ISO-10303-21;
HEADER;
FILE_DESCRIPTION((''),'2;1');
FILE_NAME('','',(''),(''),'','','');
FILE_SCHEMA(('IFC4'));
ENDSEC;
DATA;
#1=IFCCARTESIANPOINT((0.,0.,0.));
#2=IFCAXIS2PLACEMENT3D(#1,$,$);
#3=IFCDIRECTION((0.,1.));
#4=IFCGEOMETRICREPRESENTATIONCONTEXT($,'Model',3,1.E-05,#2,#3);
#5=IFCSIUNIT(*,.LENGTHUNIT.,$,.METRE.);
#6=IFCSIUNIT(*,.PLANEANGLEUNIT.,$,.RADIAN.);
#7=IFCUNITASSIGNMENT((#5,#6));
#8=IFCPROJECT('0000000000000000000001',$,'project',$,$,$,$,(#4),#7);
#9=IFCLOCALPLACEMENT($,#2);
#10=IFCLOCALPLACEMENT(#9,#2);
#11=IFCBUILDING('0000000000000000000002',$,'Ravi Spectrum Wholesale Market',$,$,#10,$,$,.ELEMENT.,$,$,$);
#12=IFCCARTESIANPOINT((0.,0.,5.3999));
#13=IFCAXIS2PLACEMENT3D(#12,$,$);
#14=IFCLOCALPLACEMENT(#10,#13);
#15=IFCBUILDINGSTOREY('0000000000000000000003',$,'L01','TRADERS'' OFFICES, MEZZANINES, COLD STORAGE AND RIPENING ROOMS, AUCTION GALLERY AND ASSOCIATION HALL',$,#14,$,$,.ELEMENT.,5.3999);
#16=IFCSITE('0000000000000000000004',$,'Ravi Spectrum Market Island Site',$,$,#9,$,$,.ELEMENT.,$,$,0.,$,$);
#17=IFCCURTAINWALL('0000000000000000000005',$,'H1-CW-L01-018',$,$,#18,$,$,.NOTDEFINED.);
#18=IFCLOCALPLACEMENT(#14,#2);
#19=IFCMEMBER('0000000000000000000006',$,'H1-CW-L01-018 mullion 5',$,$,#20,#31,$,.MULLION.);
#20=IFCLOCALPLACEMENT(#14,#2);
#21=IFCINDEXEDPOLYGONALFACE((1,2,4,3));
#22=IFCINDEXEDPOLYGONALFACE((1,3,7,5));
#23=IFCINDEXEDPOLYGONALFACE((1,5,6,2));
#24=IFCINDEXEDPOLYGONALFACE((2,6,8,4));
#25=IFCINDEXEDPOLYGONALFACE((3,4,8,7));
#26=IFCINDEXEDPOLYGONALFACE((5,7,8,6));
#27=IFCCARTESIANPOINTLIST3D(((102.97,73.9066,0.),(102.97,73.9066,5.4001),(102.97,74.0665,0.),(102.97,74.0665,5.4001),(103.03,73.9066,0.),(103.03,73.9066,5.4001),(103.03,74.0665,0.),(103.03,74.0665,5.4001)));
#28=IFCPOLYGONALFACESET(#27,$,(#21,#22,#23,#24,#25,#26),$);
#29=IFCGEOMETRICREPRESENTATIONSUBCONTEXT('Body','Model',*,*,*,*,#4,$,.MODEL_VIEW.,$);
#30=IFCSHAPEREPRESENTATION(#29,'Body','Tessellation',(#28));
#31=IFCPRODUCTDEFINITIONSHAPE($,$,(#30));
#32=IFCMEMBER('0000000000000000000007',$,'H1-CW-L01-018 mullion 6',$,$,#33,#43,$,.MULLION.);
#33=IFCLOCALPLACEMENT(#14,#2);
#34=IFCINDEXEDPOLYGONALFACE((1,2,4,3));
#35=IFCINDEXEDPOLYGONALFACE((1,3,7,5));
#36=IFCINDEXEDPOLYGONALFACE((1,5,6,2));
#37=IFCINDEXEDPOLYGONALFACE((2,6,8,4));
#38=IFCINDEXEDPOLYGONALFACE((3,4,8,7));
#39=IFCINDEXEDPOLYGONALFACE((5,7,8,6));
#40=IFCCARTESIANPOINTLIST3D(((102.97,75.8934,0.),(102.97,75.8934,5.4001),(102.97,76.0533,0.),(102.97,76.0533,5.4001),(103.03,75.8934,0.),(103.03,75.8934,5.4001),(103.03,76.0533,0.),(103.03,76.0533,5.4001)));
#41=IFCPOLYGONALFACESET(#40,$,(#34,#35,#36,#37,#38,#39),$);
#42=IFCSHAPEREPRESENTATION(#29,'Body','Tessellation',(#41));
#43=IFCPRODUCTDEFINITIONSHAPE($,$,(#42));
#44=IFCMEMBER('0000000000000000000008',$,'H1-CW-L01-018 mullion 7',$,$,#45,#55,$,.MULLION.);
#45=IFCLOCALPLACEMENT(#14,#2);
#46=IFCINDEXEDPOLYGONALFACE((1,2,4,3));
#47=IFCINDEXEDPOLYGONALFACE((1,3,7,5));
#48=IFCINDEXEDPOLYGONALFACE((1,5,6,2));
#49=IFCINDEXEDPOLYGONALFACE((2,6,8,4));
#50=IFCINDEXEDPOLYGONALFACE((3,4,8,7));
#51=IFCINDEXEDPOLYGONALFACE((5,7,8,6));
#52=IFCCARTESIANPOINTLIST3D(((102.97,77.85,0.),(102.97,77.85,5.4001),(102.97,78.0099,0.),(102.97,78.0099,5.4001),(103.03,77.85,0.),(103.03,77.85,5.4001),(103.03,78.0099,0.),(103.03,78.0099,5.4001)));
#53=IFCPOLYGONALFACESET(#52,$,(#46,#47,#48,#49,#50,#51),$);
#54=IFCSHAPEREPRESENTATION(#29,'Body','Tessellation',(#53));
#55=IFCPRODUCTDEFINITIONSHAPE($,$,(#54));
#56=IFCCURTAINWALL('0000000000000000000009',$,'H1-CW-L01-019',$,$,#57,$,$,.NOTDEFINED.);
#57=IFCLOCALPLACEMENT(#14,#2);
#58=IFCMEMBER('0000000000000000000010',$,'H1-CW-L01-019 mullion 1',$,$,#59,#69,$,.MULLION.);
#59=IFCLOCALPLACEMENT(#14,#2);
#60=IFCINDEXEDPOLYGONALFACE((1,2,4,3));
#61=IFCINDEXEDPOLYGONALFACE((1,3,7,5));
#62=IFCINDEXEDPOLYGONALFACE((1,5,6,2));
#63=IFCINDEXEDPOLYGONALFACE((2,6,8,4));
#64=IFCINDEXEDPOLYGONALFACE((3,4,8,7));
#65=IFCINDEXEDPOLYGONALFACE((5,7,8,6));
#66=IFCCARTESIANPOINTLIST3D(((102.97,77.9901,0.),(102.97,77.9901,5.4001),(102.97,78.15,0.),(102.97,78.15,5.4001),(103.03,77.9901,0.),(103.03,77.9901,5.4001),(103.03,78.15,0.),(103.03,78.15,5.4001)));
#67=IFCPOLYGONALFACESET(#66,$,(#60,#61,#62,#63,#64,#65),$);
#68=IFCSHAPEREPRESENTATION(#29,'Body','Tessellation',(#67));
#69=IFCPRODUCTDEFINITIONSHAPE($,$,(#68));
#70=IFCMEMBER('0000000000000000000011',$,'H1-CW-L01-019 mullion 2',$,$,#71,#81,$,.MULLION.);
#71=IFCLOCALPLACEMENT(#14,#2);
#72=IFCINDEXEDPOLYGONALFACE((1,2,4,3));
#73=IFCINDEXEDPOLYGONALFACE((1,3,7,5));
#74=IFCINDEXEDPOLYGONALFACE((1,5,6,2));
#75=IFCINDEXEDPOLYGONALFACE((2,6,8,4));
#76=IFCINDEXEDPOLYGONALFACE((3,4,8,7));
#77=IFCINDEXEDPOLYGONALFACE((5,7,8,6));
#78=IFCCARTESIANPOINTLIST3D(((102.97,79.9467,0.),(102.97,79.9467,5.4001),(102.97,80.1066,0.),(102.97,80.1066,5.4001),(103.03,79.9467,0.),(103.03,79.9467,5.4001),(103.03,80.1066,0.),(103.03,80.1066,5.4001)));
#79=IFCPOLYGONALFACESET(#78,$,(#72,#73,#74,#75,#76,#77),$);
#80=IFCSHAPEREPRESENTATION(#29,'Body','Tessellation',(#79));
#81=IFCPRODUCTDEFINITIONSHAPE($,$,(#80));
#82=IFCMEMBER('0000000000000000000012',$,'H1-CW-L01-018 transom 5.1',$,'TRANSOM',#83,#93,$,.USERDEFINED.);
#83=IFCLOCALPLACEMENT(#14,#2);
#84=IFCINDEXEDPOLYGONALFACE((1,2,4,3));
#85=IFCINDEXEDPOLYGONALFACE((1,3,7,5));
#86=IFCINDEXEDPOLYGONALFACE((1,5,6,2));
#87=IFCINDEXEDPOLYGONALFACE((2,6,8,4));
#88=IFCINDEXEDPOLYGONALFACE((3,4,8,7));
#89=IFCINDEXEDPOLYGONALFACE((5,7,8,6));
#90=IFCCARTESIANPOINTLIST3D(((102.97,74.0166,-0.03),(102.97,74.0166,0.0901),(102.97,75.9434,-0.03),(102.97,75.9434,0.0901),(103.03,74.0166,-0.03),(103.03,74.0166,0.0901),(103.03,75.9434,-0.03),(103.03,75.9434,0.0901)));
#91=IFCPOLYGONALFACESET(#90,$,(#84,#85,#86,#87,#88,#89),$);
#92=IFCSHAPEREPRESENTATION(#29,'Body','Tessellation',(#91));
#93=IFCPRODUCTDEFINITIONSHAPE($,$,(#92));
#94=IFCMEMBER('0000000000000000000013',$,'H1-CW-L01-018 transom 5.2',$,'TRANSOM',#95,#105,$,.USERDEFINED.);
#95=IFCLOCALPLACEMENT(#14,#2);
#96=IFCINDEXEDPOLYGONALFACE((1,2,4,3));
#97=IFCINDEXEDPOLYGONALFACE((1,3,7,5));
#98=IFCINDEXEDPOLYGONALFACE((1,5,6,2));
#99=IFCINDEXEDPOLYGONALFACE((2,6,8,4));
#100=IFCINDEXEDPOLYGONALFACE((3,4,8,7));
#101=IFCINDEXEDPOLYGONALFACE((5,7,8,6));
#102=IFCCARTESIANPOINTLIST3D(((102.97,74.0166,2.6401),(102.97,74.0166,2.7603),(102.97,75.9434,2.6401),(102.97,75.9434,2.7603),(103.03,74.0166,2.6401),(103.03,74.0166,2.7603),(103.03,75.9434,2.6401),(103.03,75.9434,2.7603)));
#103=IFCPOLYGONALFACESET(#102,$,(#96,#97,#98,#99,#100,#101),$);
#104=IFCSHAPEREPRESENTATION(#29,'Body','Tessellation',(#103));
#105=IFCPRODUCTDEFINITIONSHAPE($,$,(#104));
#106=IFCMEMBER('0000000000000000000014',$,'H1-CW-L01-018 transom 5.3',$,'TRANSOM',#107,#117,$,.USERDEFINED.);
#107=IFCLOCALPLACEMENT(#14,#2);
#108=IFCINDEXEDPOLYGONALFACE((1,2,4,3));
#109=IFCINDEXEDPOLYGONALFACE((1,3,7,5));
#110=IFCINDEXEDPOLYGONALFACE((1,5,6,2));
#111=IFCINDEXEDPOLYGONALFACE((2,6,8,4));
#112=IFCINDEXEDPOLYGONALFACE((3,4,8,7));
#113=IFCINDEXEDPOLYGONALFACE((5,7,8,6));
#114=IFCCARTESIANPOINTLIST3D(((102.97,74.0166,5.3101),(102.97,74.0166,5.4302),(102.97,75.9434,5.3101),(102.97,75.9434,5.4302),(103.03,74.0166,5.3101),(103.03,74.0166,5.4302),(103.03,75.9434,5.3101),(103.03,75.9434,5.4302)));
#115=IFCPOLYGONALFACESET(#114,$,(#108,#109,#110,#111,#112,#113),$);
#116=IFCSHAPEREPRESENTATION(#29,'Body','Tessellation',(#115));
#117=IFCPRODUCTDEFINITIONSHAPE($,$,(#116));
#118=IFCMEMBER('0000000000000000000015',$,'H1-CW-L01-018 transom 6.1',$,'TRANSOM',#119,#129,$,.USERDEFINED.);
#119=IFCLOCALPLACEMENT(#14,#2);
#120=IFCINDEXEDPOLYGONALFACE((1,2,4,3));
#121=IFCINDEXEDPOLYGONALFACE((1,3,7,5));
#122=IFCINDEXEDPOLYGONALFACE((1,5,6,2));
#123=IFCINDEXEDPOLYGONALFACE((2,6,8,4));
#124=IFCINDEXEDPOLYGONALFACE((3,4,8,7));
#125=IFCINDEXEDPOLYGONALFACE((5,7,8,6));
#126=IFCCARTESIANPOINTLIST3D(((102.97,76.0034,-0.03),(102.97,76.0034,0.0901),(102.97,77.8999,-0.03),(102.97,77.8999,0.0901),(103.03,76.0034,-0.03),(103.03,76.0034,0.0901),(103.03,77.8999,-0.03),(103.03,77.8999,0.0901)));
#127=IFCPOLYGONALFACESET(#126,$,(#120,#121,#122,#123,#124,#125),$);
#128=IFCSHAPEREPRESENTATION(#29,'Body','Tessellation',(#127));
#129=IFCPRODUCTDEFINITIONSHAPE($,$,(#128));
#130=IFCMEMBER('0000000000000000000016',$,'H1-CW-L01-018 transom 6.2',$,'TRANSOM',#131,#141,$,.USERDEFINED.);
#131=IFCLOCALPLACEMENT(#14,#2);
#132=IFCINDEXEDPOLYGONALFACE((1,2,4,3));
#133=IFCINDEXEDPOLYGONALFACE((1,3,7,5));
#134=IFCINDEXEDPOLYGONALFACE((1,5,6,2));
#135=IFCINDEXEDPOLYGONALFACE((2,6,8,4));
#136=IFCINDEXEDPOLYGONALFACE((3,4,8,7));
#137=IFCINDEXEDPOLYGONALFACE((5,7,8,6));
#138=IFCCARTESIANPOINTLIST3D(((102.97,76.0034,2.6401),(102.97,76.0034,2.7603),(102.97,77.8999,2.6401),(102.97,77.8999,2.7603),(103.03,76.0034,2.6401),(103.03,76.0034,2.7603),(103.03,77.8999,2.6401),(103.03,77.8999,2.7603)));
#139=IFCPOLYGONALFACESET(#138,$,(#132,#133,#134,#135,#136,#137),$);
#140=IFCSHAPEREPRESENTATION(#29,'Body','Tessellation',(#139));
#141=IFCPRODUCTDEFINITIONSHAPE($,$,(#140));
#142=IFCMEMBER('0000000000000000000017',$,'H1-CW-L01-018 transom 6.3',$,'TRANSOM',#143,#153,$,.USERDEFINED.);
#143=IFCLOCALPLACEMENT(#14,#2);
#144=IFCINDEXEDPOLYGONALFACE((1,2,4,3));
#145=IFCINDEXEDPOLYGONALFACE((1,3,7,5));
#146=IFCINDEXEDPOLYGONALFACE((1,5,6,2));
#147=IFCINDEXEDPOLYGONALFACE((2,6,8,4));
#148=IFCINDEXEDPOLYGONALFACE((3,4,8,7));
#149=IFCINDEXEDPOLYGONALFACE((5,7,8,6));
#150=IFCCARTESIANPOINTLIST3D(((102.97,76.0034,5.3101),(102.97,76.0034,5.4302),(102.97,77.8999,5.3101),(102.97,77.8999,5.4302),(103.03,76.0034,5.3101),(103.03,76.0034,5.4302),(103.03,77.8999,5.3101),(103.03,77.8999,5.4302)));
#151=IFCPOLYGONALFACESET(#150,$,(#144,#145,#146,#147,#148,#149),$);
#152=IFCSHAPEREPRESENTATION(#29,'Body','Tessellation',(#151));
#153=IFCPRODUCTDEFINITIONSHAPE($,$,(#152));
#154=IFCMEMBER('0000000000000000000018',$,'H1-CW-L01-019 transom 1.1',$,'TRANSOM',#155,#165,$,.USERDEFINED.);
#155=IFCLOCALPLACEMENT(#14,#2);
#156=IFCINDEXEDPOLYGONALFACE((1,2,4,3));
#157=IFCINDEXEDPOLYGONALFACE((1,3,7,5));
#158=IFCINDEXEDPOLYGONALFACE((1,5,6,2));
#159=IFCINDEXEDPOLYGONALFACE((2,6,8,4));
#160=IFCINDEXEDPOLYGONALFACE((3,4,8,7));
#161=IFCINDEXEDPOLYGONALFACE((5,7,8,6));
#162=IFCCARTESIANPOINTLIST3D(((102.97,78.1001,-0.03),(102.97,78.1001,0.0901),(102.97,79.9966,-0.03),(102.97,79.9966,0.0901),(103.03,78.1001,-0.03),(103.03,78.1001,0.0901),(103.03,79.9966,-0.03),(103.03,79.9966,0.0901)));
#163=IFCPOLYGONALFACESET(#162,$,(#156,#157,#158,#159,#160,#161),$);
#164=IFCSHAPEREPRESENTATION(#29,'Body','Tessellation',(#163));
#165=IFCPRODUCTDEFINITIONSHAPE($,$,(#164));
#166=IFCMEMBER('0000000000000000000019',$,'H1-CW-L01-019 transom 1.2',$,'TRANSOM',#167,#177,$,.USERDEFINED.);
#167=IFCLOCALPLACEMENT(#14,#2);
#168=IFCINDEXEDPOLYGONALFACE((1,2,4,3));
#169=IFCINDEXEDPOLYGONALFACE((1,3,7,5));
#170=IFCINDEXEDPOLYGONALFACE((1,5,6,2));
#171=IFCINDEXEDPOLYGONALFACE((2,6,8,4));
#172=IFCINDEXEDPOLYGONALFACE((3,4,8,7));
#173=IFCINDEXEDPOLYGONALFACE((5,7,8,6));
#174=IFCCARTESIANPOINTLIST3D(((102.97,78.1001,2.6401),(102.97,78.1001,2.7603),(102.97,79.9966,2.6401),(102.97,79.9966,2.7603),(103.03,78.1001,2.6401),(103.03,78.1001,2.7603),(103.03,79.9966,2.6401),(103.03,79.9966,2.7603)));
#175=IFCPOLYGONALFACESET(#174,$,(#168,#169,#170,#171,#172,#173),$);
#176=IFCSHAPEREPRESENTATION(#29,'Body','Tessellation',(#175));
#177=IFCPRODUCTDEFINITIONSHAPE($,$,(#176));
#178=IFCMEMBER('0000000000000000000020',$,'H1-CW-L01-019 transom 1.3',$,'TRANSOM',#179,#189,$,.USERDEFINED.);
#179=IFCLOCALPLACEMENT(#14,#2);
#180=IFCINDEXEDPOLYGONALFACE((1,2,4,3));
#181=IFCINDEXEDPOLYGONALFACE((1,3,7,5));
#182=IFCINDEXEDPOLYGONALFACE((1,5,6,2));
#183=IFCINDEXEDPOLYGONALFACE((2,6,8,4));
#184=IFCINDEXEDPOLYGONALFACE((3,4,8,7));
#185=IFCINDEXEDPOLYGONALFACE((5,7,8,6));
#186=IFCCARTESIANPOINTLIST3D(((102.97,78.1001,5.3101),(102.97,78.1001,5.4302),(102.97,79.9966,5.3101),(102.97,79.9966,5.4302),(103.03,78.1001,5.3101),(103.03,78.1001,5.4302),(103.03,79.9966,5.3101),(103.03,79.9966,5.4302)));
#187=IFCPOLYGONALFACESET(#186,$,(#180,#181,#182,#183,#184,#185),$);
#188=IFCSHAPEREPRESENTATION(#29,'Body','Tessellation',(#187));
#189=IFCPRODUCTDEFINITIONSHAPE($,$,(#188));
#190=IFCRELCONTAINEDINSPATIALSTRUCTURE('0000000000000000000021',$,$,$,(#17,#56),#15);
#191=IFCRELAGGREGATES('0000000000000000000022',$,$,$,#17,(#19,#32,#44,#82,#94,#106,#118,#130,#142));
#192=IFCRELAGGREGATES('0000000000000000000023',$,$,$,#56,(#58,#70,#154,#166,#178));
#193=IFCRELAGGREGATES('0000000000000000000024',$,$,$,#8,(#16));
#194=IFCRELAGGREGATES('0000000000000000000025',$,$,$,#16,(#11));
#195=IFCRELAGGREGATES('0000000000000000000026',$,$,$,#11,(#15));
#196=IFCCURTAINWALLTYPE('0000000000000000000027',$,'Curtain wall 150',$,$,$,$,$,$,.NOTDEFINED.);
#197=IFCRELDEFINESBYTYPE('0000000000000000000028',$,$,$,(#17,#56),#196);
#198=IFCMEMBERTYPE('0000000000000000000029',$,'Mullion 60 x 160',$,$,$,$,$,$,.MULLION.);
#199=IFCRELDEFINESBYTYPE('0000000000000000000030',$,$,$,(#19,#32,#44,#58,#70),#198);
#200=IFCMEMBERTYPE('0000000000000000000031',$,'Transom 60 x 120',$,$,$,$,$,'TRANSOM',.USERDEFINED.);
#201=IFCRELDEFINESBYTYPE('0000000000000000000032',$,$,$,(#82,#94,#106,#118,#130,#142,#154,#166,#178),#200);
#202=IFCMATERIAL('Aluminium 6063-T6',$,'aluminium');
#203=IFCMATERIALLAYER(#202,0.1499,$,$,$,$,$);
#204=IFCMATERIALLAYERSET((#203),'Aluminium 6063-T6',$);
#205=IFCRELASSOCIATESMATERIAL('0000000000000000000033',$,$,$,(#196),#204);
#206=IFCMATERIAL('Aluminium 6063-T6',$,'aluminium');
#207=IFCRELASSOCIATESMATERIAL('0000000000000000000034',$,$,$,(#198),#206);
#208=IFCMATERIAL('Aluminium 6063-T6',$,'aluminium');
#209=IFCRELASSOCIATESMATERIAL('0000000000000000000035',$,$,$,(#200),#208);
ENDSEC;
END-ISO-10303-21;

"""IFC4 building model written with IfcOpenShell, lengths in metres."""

from ifc_helpers import new_model, si_unit, direction, frame, origin, origin_2d, place, context, subcontext, project, spatial, rectangle, extrude, material, layer, layer_set, material_profile, profile_set, type_object, element, aggregate, save


model = new_model("IFC4")

# Units and contexts
model_context = context("Model", 3, precision=1e-05, world=origin(), true_north=direction((0.0, 1.0)))
body_context = subcontext(model_context, "Body", "Model", "MODEL_VIEW")
ifc_project = project(units=[si_unit("LENGTHUNIT", "METRE"), si_unit("PLANEANGLEUNIT", "RADIAN")], contexts=[model_context])

# Site, building, storey
site_placement = place(None, origin())
site = spatial("IfcSite", under=ifc_project, at=site_placement, Name="Ravi Spectrum Market Island Site", CompositionType="ELEMENT", RefElevation=0.0)
building_placement = place(site_placement, origin())
building = spatial("IfcBuilding", under=site, at=building_placement, Name="Ravi Spectrum Wholesale Market", CompositionType="ELEMENT")
storey_placement = place(building_placement, frame((0.0, 0.0, 5.3999)))
storey = spatial("IfcBuildingStorey", under=building, at=storey_placement, Name="L01", Description="TRADERS' OFFICES, MEZZANINES, COLD STORAGE AND RIPENING ROOMS, AUCTION GALLERY AND ASSOCIATION HALL", CompositionType="ELEMENT", Elevation=5.3999)

# Curtain walls, members
ifc_material_1 = material(Name="Aluminium 6063-T6", Category="aluminium")
ifc_layer_1 = layer(ifc_material_1, 0.1499)
ifc_layer_set_1 = layer_set([ifc_layer_1], Name="Aluminium 6063-T6")
curtain_wall_type = type_object("IfcCurtainWallType", Name="Curtain wall 150", PredefinedType="NOTDEFINED", material=ifc_layer_set_1)
curtain_wall_1_placement = place(storey_placement, origin())
curtain_wall_1 = element("IfcCurtainWall", 1, at=curtain_wall_1_placement, inside=storey, type_object=curtain_wall_type, Name="H1-CW-L01-018", PredefinedType="NOTDEFINED")
ifc_material_2 = material(Name="Aluminium 6063-T6", Category="aluminium")
ifc_material_profile_1 = material_profile(ifc_material_2, rectangle(XDim=0.0601, YDim=0.1599, at=origin_2d()))
ifc_profile_set_1 = profile_set([ifc_material_profile_1], Name="Aluminium 6063-T6")
member_type_1 = type_object("IfcMemberType", Name="Mullion 60 x 160", PredefinedType="MULLION", material=ifc_profile_set_1)
member_1_placement = place(storey_placement, frame((103.0, 73.9866, 0.0), z_axis=(0.0, 0.0, 1.0), x_axis=(-1.0, 0.0, 0.0)))
member_1 = element("IfcMember", 2, at=member_1_placement, type_object=member_type_1, Name="H1-CW-L01-018 mullion 5", PredefinedType="MULLION", context=body_context, shape_type="SweptSolid", body=[
    extrude(rectangle(XDim=0.0601, YDim=0.1599, at=origin_2d()), origin(), (0.0, 0.0, 1.0), 5.4001),
])
member_2_placement = place(storey_placement, frame((103.0, 75.9734, 0.0), z_axis=(0.0, 0.0, 1.0), x_axis=(-1.0, 0.0, 0.0)))
member_2 = element("IfcMember", 3, at=member_2_placement, type_object=member_type_1, Name="H1-CW-L01-018 mullion 6", PredefinedType="MULLION", context=body_context, shape_type="SweptSolid", body=[
    extrude(rectangle(XDim=0.0601, YDim=0.1599, at=origin_2d()), origin(), (0.0, 0.0, 1.0), 5.4001),
])
member_3_placement = place(storey_placement, frame((103.0, 77.9299, 0.0), z_axis=(0.0, 0.0, 1.0), x_axis=(-1.0, 0.0, 0.0)))
member_3 = element("IfcMember", 4, at=member_3_placement, type_object=member_type_1, Name="H1-CW-L01-018 mullion 7", PredefinedType="MULLION", context=body_context, shape_type="SweptSolid", body=[
    extrude(rectangle(XDim=0.0601, YDim=0.1599, at=origin_2d()), origin(), (0.0, 0.0, 1.0), 5.4001),
])
curtain_wall_2_placement = place(storey_placement, origin())
curtain_wall_2 = element("IfcCurtainWall", 5, at=curtain_wall_2_placement, inside=storey, type_object=curtain_wall_type, Name="H1-CW-L01-019", PredefinedType="NOTDEFINED")
member_4_placement = place(storey_placement, frame((103.0, 78.0701, 0.0), z_axis=(0.0, 0.0, 1.0), x_axis=(-1.0, 0.0, 0.0)))
member_4 = element("IfcMember", 6, at=member_4_placement, type_object=member_type_1, Name="H1-CW-L01-019 mullion 1", PredefinedType="MULLION", context=body_context, shape_type="SweptSolid", body=[
    extrude(rectangle(XDim=0.0601, YDim=0.1599, at=origin_2d()), origin(), (0.0, 0.0, 1.0), 5.4001),
])
member_5_placement = place(storey_placement, frame((103.0, 80.0266, 0.0), z_axis=(0.0, 0.0, 1.0), x_axis=(-1.0, 0.0, 0.0)))
member_5 = element("IfcMember", 7, at=member_5_placement, type_object=member_type_1, Name="H1-CW-L01-019 mullion 2", PredefinedType="MULLION", context=body_context, shape_type="SweptSolid", body=[
    extrude(rectangle(XDim=0.0601, YDim=0.1599, at=origin_2d()), origin(), (0.0, 0.0, 1.0), 5.4001),
])

# Members
ifc_material_3 = material(Name="Aluminium 6063-T6", Category="aluminium")
ifc_material_profile_2 = material_profile(ifc_material_3, rectangle(XDim=0.0601, YDim=0.1201, at=origin_2d()))
ifc_profile_set_2 = profile_set([ifc_material_profile_2], Name="Aluminium 6063-T6")
member_type_2 = type_object("IfcMemberType", Name="Transom 60 x 120", ElementType="TRANSOM", PredefinedType="USERDEFINED", material=ifc_profile_set_2)
member_6_placement = place(storey_placement, frame((103.0, 74.0166, 0.03), z_axis=(0.0, 1.0, 0.0), x_axis=(-1.0, 0.0, 0.0)))
member_6 = element("IfcMember", 8, at=member_6_placement, type_object=member_type_2, Name="H1-CW-L01-018 transom 5.1", ObjectType="TRANSOM", PredefinedType="USERDEFINED", context=body_context, shape_type="SweptSolid", body=[
    extrude(rectangle(XDim=0.0601, YDim=0.1201, at=origin_2d()), origin(), (0.0, 0.0, 1.0), 1.9268),
])
member_7_placement = place(storey_placement, frame((103.0, 74.0166, 2.7002), z_axis=(0.0, 1.0, 0.0), x_axis=(-1.0, 0.0, 0.0)))
member_7 = element("IfcMember", 9, at=member_7_placement, type_object=member_type_2, Name="H1-CW-L01-018 transom 5.2", ObjectType="TRANSOM", PredefinedType="USERDEFINED", context=body_context, shape_type="SweptSolid", body=[
    extrude(rectangle(XDim=0.0601, YDim=0.1201, at=origin_2d()), origin(), (0.0, 0.0, 1.0), 1.9268),
])
member_8_placement = place(storey_placement, frame((103.0, 74.0166, 5.3701), z_axis=(0.0, 1.0, 0.0), x_axis=(-1.0, 0.0, 0.0)))
member_8 = element("IfcMember", 10, at=member_8_placement, type_object=member_type_2, Name="H1-CW-L01-018 transom 5.3", ObjectType="TRANSOM", PredefinedType="USERDEFINED", context=body_context, shape_type="SweptSolid", body=[
    extrude(rectangle(XDim=0.0601, YDim=0.1201, at=origin_2d()), origin(), (0.0, 0.0, 1.0), 1.9268),
])
member_9_placement = place(storey_placement, frame((103.0, 76.0034, 0.03), z_axis=(0.0, 1.0, 0.0), x_axis=(-1.0, 0.0, 0.0)))
member_9 = element("IfcMember", 11, at=member_9_placement, type_object=member_type_2, Name="H1-CW-L01-018 transom 6.1", ObjectType="TRANSOM", PredefinedType="USERDEFINED", context=body_context, shape_type="SweptSolid", body=[
    extrude(rectangle(XDim=0.0601, YDim=0.1201, at=origin_2d()), origin(), (0.0, 0.0, 1.0), 1.8965),
])
member_10_placement = place(storey_placement, frame((103.0, 76.0034, 2.7002), z_axis=(0.0, 1.0, 0.0), x_axis=(-1.0, 0.0, 0.0)))
member_10 = element("IfcMember", 12, at=member_10_placement, type_object=member_type_2, Name="H1-CW-L01-018 transom 6.2", ObjectType="TRANSOM", PredefinedType="USERDEFINED", context=body_context, shape_type="SweptSolid", body=[
    extrude(rectangle(XDim=0.0601, YDim=0.1201, at=origin_2d()), origin(), (0.0, 0.0, 1.0), 1.8965),
])
member_11_placement = place(storey_placement, frame((103.0, 76.0034, 5.3701), z_axis=(0.0, 1.0, 0.0), x_axis=(-1.0, 0.0, 0.0)))
member_11 = element("IfcMember", 13, at=member_11_placement, type_object=member_type_2, Name="H1-CW-L01-018 transom 6.3", ObjectType="TRANSOM", PredefinedType="USERDEFINED", context=body_context, shape_type="SweptSolid", body=[
    extrude(rectangle(XDim=0.0601, YDim=0.1201, at=origin_2d()), origin(), (0.0, 0.0, 1.0), 1.8965),
])
member_12_placement = place(storey_placement, frame((103.0, 78.1001, 0.03), z_axis=(0.0, 1.0, 0.0), x_axis=(-1.0, 0.0, 0.0)))
member_12 = element("IfcMember", 14, at=member_12_placement, type_object=member_type_2, Name="H1-CW-L01-019 transom 1.1", ObjectType="TRANSOM", PredefinedType="USERDEFINED", context=body_context, shape_type="SweptSolid", body=[
    extrude(rectangle(XDim=0.0601, YDim=0.1201, at=origin_2d()), origin(), (0.0, 0.0, 1.0), 1.8965),
])
member_13_placement = place(storey_placement, frame((103.0, 78.1001, 2.7002), z_axis=(0.0, 1.0, 0.0), x_axis=(-1.0, 0.0, 0.0)))
member_13 = element("IfcMember", 15, at=member_13_placement, type_object=member_type_2, Name="H1-CW-L01-019 transom 1.2", ObjectType="TRANSOM", PredefinedType="USERDEFINED", context=body_context, shape_type="SweptSolid", body=[
    extrude(rectangle(XDim=0.0601, YDim=0.1201, at=origin_2d()), origin(), (0.0, 0.0, 1.0), 1.8965),
])
member_14_placement = place(storey_placement, frame((103.0, 78.1001, 5.3701), z_axis=(0.0, 1.0, 0.0), x_axis=(-1.0, 0.0, 0.0)))
member_14 = element("IfcMember", 16, at=member_14_placement, type_object=member_type_2, Name="H1-CW-L01-019 transom 1.3", ObjectType="TRANSOM", PredefinedType="USERDEFINED", context=body_context, shape_type="SweptSolid", body=[
    extrude(rectangle(XDim=0.0601, YDim=0.1201, at=origin_2d()), origin(), (0.0, 0.0, 1.0), 1.8965),
])

aggregate(curtain_wall_1, [member_1, member_2, member_3, member_6, member_7, member_8, member_9, member_10, member_11])
aggregate(curtain_wall_2, [member_4, member_5, member_12, member_13, member_14])

save(model, "model.ifc")
